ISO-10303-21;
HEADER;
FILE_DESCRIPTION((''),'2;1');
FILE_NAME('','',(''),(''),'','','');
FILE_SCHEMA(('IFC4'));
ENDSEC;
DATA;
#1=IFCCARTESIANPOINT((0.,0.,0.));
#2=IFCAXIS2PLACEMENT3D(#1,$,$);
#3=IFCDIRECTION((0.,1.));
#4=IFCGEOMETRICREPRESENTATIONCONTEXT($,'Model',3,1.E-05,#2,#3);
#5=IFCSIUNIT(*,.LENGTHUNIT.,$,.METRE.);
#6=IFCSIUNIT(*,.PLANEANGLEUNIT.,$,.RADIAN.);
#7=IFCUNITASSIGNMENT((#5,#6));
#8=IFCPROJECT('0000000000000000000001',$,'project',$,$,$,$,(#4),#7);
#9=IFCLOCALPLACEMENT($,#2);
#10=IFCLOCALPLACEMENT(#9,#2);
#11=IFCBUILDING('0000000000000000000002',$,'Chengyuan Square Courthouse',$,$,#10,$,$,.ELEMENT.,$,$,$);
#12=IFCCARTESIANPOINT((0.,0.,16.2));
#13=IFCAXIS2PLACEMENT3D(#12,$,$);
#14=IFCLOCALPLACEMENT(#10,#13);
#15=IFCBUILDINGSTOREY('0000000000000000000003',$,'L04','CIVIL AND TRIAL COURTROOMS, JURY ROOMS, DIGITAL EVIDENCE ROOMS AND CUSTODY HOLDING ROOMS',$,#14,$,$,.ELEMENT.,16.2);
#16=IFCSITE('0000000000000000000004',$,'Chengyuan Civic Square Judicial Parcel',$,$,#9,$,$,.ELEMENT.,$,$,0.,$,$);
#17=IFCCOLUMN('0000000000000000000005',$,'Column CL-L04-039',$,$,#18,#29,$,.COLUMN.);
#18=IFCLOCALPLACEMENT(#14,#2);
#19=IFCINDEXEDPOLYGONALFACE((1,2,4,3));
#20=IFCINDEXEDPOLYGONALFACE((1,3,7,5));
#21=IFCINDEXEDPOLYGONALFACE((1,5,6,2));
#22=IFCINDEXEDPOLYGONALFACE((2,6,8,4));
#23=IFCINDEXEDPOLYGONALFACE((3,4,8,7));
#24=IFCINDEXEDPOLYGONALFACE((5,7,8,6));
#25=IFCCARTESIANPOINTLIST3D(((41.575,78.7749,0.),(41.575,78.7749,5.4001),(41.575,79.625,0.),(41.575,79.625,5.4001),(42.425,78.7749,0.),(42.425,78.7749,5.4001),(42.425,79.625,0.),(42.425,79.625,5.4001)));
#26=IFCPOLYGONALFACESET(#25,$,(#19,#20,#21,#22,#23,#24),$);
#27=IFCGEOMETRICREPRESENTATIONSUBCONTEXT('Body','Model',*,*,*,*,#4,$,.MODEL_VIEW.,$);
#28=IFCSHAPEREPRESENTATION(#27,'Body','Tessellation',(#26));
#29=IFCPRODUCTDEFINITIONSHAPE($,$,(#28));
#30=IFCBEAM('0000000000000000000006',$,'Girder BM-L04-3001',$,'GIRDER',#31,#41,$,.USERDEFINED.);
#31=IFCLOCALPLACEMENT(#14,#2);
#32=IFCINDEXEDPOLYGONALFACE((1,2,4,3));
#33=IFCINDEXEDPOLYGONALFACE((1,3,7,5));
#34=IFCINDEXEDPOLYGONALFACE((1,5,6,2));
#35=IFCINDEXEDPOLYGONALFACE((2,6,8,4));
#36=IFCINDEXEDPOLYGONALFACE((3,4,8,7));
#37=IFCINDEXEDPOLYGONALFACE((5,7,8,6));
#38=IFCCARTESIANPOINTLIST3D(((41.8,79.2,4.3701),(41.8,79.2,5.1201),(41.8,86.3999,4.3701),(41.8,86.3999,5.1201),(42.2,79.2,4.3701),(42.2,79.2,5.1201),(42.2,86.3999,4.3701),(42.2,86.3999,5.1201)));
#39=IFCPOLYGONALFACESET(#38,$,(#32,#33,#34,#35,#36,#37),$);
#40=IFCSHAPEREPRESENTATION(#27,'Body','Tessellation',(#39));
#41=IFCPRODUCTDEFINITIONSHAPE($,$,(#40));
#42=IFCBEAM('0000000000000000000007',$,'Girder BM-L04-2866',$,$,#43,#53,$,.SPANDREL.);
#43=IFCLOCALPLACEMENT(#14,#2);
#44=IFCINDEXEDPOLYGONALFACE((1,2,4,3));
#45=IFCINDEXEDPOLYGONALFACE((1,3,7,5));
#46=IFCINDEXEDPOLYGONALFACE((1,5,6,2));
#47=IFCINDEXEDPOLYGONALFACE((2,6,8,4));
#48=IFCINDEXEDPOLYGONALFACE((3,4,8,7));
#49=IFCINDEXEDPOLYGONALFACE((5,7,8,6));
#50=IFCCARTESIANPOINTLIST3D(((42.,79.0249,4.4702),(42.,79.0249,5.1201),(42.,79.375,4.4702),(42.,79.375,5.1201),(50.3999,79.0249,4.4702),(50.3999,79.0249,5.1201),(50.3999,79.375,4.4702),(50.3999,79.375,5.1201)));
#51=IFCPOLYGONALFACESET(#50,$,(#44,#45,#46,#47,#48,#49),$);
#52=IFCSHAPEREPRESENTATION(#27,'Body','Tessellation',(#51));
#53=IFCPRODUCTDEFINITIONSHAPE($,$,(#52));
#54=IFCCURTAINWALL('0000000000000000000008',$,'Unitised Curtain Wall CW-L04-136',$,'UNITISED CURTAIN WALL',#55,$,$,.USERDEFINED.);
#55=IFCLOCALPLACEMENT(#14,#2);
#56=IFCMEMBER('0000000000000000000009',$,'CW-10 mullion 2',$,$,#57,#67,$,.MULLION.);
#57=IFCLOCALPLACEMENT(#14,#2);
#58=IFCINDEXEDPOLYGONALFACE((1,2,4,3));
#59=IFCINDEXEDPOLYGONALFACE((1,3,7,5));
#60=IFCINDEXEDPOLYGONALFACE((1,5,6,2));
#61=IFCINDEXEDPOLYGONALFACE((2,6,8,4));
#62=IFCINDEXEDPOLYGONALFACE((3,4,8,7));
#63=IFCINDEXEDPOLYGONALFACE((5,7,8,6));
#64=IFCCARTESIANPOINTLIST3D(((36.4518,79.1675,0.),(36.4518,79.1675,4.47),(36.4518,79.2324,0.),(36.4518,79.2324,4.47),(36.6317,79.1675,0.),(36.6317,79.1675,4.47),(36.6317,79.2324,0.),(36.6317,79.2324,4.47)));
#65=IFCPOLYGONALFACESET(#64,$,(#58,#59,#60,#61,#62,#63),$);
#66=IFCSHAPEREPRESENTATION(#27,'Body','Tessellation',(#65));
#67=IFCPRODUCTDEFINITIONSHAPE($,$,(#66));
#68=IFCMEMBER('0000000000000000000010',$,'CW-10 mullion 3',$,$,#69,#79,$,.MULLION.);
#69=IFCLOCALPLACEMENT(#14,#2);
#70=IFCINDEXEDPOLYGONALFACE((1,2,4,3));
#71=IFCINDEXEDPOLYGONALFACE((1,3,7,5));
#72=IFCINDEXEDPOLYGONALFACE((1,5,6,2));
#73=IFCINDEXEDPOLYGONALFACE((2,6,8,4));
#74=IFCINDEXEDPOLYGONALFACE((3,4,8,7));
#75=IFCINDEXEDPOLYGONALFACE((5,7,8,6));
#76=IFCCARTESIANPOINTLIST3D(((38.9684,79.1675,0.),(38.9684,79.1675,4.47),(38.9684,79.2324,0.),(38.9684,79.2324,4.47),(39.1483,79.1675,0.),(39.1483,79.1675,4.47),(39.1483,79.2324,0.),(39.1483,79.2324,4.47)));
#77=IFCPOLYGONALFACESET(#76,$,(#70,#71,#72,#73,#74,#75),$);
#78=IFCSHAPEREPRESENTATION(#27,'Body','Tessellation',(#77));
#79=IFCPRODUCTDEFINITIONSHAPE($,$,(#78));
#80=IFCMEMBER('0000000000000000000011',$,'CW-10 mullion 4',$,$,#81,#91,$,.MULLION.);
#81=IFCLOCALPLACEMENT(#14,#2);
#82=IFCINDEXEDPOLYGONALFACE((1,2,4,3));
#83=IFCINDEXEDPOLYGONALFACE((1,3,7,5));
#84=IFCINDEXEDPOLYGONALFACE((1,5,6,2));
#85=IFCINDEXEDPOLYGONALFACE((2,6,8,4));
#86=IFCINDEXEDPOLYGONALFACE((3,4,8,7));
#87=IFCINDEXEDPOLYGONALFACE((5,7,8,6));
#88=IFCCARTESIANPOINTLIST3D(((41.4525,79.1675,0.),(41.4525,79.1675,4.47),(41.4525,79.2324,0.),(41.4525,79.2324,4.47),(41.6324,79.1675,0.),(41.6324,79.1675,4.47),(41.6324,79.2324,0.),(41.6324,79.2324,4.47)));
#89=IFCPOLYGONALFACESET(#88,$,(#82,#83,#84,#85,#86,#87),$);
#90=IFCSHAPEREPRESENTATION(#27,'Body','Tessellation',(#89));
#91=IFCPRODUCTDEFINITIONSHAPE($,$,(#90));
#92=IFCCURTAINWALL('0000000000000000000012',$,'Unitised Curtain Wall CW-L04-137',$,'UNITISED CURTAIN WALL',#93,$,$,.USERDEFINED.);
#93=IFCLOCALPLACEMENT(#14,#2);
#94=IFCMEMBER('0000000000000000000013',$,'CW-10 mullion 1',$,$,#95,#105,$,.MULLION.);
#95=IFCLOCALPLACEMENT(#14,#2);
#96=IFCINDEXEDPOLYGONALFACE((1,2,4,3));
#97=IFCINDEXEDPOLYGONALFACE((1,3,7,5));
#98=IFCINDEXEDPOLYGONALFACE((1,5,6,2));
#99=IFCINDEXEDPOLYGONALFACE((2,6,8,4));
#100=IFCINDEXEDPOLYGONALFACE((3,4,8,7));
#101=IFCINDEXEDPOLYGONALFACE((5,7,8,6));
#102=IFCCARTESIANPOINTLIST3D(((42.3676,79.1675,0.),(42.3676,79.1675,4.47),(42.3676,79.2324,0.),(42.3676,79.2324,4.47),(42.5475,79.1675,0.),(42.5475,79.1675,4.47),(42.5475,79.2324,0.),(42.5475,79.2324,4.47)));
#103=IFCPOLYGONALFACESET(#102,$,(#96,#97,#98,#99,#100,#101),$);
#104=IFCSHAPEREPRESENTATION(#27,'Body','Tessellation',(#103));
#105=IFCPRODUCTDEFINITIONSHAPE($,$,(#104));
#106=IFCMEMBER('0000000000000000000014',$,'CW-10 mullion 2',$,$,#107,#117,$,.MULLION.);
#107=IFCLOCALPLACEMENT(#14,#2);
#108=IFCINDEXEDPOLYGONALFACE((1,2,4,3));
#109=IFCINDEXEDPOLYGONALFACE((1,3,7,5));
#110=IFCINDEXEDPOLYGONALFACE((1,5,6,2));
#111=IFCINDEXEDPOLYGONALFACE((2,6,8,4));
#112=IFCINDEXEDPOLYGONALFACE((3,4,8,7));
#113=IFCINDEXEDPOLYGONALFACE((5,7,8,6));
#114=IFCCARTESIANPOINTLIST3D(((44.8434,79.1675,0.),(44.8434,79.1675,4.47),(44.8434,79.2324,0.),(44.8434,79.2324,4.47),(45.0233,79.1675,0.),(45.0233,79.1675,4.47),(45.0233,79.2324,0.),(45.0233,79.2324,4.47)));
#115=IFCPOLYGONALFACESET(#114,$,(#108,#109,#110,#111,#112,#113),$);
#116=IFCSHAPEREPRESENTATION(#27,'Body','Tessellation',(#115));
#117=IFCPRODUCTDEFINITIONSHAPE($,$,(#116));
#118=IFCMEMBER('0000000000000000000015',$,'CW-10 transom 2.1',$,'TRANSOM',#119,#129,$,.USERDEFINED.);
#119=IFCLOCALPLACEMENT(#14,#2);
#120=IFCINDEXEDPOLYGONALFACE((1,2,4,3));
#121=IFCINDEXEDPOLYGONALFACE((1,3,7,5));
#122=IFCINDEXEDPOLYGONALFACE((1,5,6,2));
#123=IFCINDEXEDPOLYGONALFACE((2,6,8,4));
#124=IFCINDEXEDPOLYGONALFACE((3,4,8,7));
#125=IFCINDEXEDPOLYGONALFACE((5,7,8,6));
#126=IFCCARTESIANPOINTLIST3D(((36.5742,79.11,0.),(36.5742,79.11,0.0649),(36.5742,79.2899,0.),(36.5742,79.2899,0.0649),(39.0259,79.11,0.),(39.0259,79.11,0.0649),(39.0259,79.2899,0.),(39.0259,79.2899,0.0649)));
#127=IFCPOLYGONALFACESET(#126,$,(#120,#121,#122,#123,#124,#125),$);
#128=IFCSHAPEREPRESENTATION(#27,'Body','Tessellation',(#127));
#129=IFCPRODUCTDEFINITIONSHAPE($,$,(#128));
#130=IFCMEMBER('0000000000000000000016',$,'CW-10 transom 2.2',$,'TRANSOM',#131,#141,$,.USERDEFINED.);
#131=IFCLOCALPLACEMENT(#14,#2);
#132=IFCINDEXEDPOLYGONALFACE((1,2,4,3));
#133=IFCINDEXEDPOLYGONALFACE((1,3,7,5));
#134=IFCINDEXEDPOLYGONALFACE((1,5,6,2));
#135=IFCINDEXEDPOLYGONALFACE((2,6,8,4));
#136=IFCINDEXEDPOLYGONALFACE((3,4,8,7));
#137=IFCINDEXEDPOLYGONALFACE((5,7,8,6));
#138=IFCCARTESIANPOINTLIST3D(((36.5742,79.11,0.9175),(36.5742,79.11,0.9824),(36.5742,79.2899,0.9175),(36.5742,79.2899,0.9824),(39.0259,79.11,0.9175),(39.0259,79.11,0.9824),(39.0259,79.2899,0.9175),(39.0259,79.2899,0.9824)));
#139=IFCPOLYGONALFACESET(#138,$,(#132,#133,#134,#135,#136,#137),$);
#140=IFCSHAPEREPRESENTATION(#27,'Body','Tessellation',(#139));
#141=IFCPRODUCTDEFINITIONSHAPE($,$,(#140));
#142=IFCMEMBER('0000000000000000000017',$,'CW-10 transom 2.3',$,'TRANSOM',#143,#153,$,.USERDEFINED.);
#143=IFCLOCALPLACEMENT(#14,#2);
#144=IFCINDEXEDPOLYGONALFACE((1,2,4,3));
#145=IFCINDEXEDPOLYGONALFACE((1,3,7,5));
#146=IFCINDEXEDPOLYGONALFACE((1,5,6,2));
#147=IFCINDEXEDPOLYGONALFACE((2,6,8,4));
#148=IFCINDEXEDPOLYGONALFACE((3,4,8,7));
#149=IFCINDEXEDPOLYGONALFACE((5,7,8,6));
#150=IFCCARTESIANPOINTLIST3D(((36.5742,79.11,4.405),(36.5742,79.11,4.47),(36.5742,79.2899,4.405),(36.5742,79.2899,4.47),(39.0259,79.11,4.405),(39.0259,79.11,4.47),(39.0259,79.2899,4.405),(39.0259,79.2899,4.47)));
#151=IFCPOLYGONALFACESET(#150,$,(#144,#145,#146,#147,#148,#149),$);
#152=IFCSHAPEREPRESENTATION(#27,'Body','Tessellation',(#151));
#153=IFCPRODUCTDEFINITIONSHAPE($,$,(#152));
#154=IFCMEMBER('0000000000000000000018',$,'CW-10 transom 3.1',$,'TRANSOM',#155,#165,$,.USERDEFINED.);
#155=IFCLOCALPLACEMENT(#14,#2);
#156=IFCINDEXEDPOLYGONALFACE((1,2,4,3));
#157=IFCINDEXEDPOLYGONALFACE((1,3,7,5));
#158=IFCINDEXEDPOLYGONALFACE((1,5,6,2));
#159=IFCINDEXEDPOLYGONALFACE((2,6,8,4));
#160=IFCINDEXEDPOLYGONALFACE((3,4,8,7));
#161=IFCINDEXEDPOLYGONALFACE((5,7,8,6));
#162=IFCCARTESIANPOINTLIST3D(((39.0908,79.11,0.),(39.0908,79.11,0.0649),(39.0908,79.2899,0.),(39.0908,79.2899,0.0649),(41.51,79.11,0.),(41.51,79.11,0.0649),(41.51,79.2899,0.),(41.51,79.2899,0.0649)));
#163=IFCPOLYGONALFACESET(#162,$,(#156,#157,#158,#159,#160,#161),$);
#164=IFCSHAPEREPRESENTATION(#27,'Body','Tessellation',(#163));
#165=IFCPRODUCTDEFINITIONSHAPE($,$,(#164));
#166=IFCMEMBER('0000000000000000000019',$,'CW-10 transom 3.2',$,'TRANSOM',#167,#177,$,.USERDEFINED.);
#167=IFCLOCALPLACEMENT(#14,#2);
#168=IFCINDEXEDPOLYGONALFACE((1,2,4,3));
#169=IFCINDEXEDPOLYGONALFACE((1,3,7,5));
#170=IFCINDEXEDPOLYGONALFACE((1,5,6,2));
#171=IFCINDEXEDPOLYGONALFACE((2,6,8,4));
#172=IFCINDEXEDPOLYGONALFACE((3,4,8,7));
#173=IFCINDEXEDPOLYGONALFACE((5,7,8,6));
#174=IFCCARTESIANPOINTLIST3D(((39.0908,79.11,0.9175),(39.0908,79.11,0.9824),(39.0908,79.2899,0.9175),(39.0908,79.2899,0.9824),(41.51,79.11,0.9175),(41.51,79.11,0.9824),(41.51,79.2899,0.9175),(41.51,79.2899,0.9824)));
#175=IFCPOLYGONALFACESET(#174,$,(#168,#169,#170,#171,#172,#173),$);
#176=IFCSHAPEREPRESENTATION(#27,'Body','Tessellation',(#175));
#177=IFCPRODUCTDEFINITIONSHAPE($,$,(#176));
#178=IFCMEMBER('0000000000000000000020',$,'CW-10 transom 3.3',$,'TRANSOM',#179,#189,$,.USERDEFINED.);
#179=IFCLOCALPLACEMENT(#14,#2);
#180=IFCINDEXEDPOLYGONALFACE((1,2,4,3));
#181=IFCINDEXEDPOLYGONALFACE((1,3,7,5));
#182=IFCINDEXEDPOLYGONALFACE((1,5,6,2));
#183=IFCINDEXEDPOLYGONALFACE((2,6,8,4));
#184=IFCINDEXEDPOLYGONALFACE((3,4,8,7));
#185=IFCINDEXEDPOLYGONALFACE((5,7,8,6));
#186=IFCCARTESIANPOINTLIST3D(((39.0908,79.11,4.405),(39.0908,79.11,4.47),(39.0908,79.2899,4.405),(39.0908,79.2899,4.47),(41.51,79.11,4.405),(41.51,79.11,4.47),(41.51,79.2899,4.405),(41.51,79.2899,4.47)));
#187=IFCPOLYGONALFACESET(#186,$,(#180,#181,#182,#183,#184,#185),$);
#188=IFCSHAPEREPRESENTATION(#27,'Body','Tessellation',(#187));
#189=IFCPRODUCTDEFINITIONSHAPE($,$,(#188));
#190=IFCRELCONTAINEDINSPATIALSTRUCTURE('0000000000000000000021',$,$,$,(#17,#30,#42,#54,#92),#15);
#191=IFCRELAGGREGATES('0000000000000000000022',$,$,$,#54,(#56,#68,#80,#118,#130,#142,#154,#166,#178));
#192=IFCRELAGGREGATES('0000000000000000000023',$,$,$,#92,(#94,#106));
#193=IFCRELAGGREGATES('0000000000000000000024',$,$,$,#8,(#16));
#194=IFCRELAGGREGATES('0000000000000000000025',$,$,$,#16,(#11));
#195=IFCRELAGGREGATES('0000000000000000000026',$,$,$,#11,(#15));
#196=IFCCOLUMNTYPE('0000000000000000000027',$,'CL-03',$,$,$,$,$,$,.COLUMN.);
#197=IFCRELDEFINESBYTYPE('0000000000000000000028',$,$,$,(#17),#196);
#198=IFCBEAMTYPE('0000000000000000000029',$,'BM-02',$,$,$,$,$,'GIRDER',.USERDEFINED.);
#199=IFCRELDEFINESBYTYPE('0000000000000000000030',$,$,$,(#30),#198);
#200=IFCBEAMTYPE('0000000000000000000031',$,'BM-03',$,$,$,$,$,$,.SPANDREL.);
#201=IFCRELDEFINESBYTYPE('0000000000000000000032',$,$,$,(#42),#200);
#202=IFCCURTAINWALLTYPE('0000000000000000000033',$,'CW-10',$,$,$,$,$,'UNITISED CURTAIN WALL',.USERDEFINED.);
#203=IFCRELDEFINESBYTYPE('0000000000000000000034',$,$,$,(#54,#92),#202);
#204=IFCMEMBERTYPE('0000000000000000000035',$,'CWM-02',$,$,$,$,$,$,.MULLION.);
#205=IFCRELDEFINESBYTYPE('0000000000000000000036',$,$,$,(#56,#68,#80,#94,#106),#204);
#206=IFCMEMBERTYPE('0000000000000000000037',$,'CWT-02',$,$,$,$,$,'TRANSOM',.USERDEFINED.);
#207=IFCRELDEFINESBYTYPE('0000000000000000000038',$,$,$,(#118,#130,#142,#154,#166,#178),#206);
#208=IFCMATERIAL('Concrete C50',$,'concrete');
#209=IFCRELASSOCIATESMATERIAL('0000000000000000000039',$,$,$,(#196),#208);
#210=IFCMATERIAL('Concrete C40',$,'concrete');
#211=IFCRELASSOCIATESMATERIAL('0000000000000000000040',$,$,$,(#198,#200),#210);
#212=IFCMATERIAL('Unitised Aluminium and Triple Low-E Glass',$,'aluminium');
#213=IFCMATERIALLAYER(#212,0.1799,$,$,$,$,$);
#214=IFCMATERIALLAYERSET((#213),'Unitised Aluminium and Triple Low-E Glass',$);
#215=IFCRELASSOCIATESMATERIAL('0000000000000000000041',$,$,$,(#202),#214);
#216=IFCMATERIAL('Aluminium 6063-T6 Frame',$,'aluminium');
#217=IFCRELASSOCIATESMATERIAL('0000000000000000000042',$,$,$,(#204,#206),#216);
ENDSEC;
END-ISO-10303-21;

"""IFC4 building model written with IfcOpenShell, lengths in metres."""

from ifc_helpers import new_model, si_unit, direction, frame, origin, origin_2d, place, context, subcontext, project, spatial, rectangle, extrude, material, layer, layer_set, material_profile, profile_set, type_object, element, aggregate, save


model = new_model("IFC4")

# Units and contexts
model_context = context("Model", 3, precision=1e-05, world=origin(), true_north=direction((0.0, 1.0)))
body_context = subcontext(model_context, "Body", "Model", "MODEL_VIEW")
ifc_project = project(units=[si_unit("LENGTHUNIT", "METRE"), si_unit("PLANEANGLEUNIT", "RADIAN")], contexts=[model_context])

# Site, building, storey
site_placement = place(None, origin())
site = spatial("IfcSite", under=ifc_project, at=site_placement, Name="Chengyuan Civic Square Judicial Parcel", CompositionType="ELEMENT", RefElevation=0.0)
building_placement = place(site_placement, origin())
building = spatial("IfcBuilding", under=site, at=building_placement, Name="Chengyuan Square Courthouse", CompositionType="ELEMENT")
storey_placement = place(building_placement, frame((0.0, 0.0, 16.2)))
storey = spatial("IfcBuildingStorey", under=building, at=storey_placement, Name="L04", Description="CIVIL AND TRIAL COURTROOMS, JURY ROOMS, DIGITAL EVIDENCE ROOMS AND CUSTODY HOLDING ROOMS", CompositionType="ELEMENT", Elevation=16.2)

# Column
ifc_material_1 = material(Name="Concrete C50", Category="concrete")
ifc_material_profile_1 = material_profile(ifc_material_1, rectangle(XDim=0.8501, YDim=0.8501, at=origin_2d()), Name="RC-COL-850x850")
ifc_profile_set_1 = profile_set([ifc_material_profile_1], Name="Concrete C50")
column_type = type_object("IfcColumnType", Name="CL-03", PredefinedType="COLUMN", material=ifc_profile_set_1)
column_placement = place(storey_placement, frame((42.0, 79.2, 0.0), z_axis=(0.0, 0.0, 1.0), x_axis=(1.0, 0.0, 0.0)))
element("IfcColumn", 1, at=column_placement, inside=storey, type_object=column_type, Name="Column CL-L04-039", PredefinedType="COLUMN", context=body_context, shape_type="SweptSolid", body=[
    extrude(rectangle(XDim=0.8501, YDim=0.8501, at=origin_2d()), origin(), (0.0, 0.0, 1.0), 5.4001),
])

# Beams
ifc_material_2 = material(Name="Concrete C40", Category="concrete")
ifc_material_profile_2 = material_profile(ifc_material_2, rectangle(XDim=0.3999, YDim=0.75, at=origin_2d()), Name="RC-BM-400x750")
ifc_profile_set_2 = profile_set([ifc_material_profile_2], Name="Concrete C40")
beam_type_1 = type_object("IfcBeamType", Name="BM-02", ElementType="GIRDER", PredefinedType="USERDEFINED", material=ifc_profile_set_2)
beam_1_placement = place(storey_placement, frame((42.0, 79.2, 4.7451), z_axis=(0.0, 1.0, 0.0), x_axis=(-1.0, 0.0, 0.0)))
element("IfcBeam", 2, at=beam_1_placement, inside=storey, type_object=beam_type_1, Name="Girder BM-L04-3001", ObjectType="GIRDER", PredefinedType="USERDEFINED", context=body_context, shape_type="SweptSolid", body=[
    extrude(rectangle(XDim=0.3999, YDim=0.75, at=origin_2d()), origin(), (0.0, 0.0, 1.0), 7.2),
])
ifc_material_profile_3 = material_profile(ifc_material_2, rectangle(XDim=0.3501, YDim=0.6499, at=origin_2d()), Name="RC-BM-350x650")
ifc_profile_set_3 = profile_set([ifc_material_profile_3], Name="Concrete C40")
beam_type_2 = type_object("IfcBeamType", Name="BM-03", PredefinedType="SPANDREL", material=ifc_profile_set_3)
beam_2_placement = place(storey_placement, frame((42.0, 79.2, 4.7952), z_axis=(1.0, 0.0, 0.0), x_axis=(0.0, 1.0, 0.0)))
element("IfcBeam", 3, at=beam_2_placement, inside=storey, type_object=beam_type_2, Name="Girder BM-L04-2866", PredefinedType="SPANDREL", context=body_context, shape_type="SweptSolid", body=[
    extrude(rectangle(XDim=0.3501, YDim=0.6499, at=origin_2d()), origin(), (0.0, 0.0, 1.0), 8.3999),
])

# Curtain walls, members
ifc_material_3 = material(Name="Unitised Aluminium and Triple Low-E Glass", Category="aluminium")
ifc_layer_1 = layer(ifc_material_3, 0.1799)
ifc_layer_set_1 = layer_set([ifc_layer_1], Name="Unitised Aluminium and Triple Low-E Glass")
curtain_wall_type = type_object("IfcCurtainWallType", Name="CW-10", ElementType="UNITISED CURTAIN WALL", PredefinedType="USERDEFINED", material=ifc_layer_set_1)
curtain_wall_1_placement = place(storey_placement, origin())
curtain_wall_1 = element("IfcCurtainWall", 4, at=curtain_wall_1_placement, inside=storey, type_object=curtain_wall_type, Name="Unitised Curtain Wall CW-L04-136", ObjectType="UNITISED CURTAIN WALL", PredefinedType="USERDEFINED")
ifc_material_4 = material(Name="Aluminium 6063-T6 Frame", Category="aluminium")
ifc_material_profile_4 = material_profile(ifc_material_4, rectangle(XDim=0.0649, YDim=0.1799, at=origin_2d()), Name="CW-MUL-65x180")
ifc_profile_set_4 = profile_set([ifc_material_profile_4], Name="Aluminium 6063-T6 Frame")
member_type_1 = type_object("IfcMemberType", Name="CWM-02", PredefinedType="MULLION", material=ifc_profile_set_4)
member_1_placement = place(storey_placement, frame((36.5417, 79.2, 0.0), z_axis=(0.0, 0.0, 1.0), x_axis=(0.0, 1.0, 0.0)))
member_1 = element("IfcMember", 5, at=member_1_placement, type_object=member_type_1, Name="CW-10 mullion 2", PredefinedType="MULLION", context=body_context, shape_type="SweptSolid", body=[
    extrude(rectangle(XDim=0.0649, YDim=0.1799, at=origin_2d()), origin(), (0.0, 0.0, 1.0), 4.47),
])
member_2_placement = place(storey_placement, frame((39.0583, 79.2, 0.0), z_axis=(0.0, 0.0, 1.0), x_axis=(0.0, 1.0, 0.0)))
member_2 = element("IfcMember", 6, at=member_2_placement, type_object=member_type_1, Name="CW-10 mullion 3", PredefinedType="MULLION", context=body_context, shape_type="SweptSolid", body=[
    extrude(rectangle(XDim=0.0649, YDim=0.1799, at=origin_2d()), origin(), (0.0, 0.0, 1.0), 4.47),
])
member_3_placement = place(storey_placement, frame((41.5425, 79.2, 0.0), z_axis=(0.0, 0.0, 1.0), x_axis=(0.0, 1.0, 0.0)))
member_3 = element("IfcMember", 7, at=member_3_placement, type_object=member_type_1, Name="CW-10 mullion 4", PredefinedType="MULLION", context=body_context, shape_type="SweptSolid", body=[
    extrude(rectangle(XDim=0.0649, YDim=0.1799, at=origin_2d()), origin(), (0.0, 0.0, 1.0), 4.47),
])
curtain_wall_2_placement = place(storey_placement, origin())
curtain_wall_2 = element("IfcCurtainWall", 8, at=curtain_wall_2_placement, inside=storey, type_object=curtain_wall_type, Name="Unitised Curtain Wall CW-L04-137", ObjectType="UNITISED CURTAIN WALL", PredefinedType="USERDEFINED")
member_4_placement = place(storey_placement, frame((42.4575, 79.2, 0.0), z_axis=(0.0, 0.0, 1.0), x_axis=(0.0, 1.0, 0.0)))
member_4 = element("IfcMember", 9, at=member_4_placement, type_object=member_type_1, Name="CW-10 mullion 1", PredefinedType="MULLION", context=body_context, shape_type="SweptSolid", body=[
    extrude(rectangle(XDim=0.0649, YDim=0.1799, at=origin_2d()), origin(), (0.0, 0.0, 1.0), 4.47),
])
member_5_placement = place(storey_placement, frame((44.9333, 79.2, 0.0), z_axis=(0.0, 0.0, 1.0), x_axis=(0.0, 1.0, 0.0)))
member_5 = element("IfcMember", 10, at=member_5_placement, type_object=member_type_1, Name="CW-10 mullion 2", PredefinedType="MULLION", context=body_context, shape_type="SweptSolid", body=[
    extrude(rectangle(XDim=0.0649, YDim=0.1799, at=origin_2d()), origin(), (0.0, 0.0, 1.0), 4.47),
])

# Members
ifc_material_profile_5 = material_profile(ifc_material_4, rectangle(XDim=0.1799, YDim=0.0649, at=origin_2d()), Name="CW-TRN-65x140")
ifc_profile_set_5 = profile_set([ifc_material_profile_5], Name="Aluminium 6063-T6 Frame")
member_type_2 = type_object("IfcMemberType", Name="CWT-02", ElementType="TRANSOM", PredefinedType="USERDEFINED", material=ifc_profile_set_5)
member_6_placement = place(storey_placement, frame((36.5742, 79.2, 0.0325), z_axis=(1.0, 0.0, 0.0), x_axis=(0.0, 1.0, 0.0)))
member_6 = element("IfcMember", 11, at=member_6_placement, type_object=member_type_2, Name="CW-10 transom 2.1", ObjectType="TRANSOM", PredefinedType="USERDEFINED", context=body_context, shape_type="SweptSolid", body=[
    extrude(rectangle(XDim=0.1799, YDim=0.0649, at=origin_2d()), origin(), (0.0, 0.0, 1.0), 2.4517),
])
member_7_placement = place(storey_placement, frame((36.5742, 79.2, 0.95), z_axis=(1.0, 0.0, 0.0), x_axis=(0.0, 1.0, 0.0)))
member_7 = element("IfcMember", 12, at=member_7_placement, type_object=member_type_2, Name="CW-10 transom 2.2", ObjectType="TRANSOM", PredefinedType="USERDEFINED", context=body_context, shape_type="SweptSolid", body=[
    extrude(rectangle(XDim=0.1799, YDim=0.0649, at=origin_2d()), origin(), (0.0, 0.0, 1.0), 2.4517),
])
member_8_placement = place(storey_placement, frame((36.5742, 79.2, 4.4375), z_axis=(1.0, 0.0, 0.0), x_axis=(0.0, 1.0, 0.0)))
member_8 = element("IfcMember", 13, at=member_8_placement, type_object=member_type_2, Name="CW-10 transom 2.3", ObjectType="TRANSOM", PredefinedType="USERDEFINED", context=body_context, shape_type="SweptSolid", body=[
    extrude(rectangle(XDim=0.1799, YDim=0.0649, at=origin_2d()), origin(), (0.0, 0.0, 1.0), 2.4517),
])
member_9_placement = place(storey_placement, frame((39.0908, 79.2, 0.0325), z_axis=(1.0, 0.0, 0.0), x_axis=(0.0, 1.0, 0.0)))
member_9 = element("IfcMember", 14, at=member_9_placement, type_object=member_type_2, Name="CW-10 transom 3.1", ObjectType="TRANSOM", PredefinedType="USERDEFINED", context=body_context, shape_type="SweptSolid", body=[
    extrude(rectangle(XDim=0.1799, YDim=0.0649, at=origin_2d()), origin(), (0.0, 0.0, 1.0), 2.4192),
])
member_10_placement = place(storey_placement, frame((39.0908, 79.2, 0.95), z_axis=(1.0, 0.0, 0.0), x_axis=(0.0, 1.0, 0.0)))
member_10 = element("IfcMember", 15, at=member_10_placement, type_object=member_type_2, Name="CW-10 transom 3.2", ObjectType="TRANSOM", PredefinedType="USERDEFINED", context=body_context, shape_type="SweptSolid", body=[
    extrude(rectangle(XDim=0.1799, YDim=0.0649, at=origin_2d()), origin(), (0.0, 0.0, 1.0), 2.4192),
])
member_11_placement = place(storey_placement, frame((39.0908, 79.2, 4.4375), z_axis=(1.0, 0.0, 0.0), x_axis=(0.0, 1.0, 0.0)))
member_11 = element("IfcMember", 16, at=member_11_placement, type_object=member_type_2, Name="CW-10 transom 3.3", ObjectType="TRANSOM", PredefinedType="USERDEFINED", context=body_context, shape_type="SweptSolid", body=[
    extrude(rectangle(XDim=0.1799, YDim=0.0649, at=origin_2d()), origin(), (0.0, 0.0, 1.0), 2.4192),
])

aggregate(curtain_wall_1, [member_1, member_2, member_3, member_6, member_7, member_8, member_9, member_10, member_11])
aggregate(curtain_wall_2, [member_4, member_5])

save(model, "model.ifc")
